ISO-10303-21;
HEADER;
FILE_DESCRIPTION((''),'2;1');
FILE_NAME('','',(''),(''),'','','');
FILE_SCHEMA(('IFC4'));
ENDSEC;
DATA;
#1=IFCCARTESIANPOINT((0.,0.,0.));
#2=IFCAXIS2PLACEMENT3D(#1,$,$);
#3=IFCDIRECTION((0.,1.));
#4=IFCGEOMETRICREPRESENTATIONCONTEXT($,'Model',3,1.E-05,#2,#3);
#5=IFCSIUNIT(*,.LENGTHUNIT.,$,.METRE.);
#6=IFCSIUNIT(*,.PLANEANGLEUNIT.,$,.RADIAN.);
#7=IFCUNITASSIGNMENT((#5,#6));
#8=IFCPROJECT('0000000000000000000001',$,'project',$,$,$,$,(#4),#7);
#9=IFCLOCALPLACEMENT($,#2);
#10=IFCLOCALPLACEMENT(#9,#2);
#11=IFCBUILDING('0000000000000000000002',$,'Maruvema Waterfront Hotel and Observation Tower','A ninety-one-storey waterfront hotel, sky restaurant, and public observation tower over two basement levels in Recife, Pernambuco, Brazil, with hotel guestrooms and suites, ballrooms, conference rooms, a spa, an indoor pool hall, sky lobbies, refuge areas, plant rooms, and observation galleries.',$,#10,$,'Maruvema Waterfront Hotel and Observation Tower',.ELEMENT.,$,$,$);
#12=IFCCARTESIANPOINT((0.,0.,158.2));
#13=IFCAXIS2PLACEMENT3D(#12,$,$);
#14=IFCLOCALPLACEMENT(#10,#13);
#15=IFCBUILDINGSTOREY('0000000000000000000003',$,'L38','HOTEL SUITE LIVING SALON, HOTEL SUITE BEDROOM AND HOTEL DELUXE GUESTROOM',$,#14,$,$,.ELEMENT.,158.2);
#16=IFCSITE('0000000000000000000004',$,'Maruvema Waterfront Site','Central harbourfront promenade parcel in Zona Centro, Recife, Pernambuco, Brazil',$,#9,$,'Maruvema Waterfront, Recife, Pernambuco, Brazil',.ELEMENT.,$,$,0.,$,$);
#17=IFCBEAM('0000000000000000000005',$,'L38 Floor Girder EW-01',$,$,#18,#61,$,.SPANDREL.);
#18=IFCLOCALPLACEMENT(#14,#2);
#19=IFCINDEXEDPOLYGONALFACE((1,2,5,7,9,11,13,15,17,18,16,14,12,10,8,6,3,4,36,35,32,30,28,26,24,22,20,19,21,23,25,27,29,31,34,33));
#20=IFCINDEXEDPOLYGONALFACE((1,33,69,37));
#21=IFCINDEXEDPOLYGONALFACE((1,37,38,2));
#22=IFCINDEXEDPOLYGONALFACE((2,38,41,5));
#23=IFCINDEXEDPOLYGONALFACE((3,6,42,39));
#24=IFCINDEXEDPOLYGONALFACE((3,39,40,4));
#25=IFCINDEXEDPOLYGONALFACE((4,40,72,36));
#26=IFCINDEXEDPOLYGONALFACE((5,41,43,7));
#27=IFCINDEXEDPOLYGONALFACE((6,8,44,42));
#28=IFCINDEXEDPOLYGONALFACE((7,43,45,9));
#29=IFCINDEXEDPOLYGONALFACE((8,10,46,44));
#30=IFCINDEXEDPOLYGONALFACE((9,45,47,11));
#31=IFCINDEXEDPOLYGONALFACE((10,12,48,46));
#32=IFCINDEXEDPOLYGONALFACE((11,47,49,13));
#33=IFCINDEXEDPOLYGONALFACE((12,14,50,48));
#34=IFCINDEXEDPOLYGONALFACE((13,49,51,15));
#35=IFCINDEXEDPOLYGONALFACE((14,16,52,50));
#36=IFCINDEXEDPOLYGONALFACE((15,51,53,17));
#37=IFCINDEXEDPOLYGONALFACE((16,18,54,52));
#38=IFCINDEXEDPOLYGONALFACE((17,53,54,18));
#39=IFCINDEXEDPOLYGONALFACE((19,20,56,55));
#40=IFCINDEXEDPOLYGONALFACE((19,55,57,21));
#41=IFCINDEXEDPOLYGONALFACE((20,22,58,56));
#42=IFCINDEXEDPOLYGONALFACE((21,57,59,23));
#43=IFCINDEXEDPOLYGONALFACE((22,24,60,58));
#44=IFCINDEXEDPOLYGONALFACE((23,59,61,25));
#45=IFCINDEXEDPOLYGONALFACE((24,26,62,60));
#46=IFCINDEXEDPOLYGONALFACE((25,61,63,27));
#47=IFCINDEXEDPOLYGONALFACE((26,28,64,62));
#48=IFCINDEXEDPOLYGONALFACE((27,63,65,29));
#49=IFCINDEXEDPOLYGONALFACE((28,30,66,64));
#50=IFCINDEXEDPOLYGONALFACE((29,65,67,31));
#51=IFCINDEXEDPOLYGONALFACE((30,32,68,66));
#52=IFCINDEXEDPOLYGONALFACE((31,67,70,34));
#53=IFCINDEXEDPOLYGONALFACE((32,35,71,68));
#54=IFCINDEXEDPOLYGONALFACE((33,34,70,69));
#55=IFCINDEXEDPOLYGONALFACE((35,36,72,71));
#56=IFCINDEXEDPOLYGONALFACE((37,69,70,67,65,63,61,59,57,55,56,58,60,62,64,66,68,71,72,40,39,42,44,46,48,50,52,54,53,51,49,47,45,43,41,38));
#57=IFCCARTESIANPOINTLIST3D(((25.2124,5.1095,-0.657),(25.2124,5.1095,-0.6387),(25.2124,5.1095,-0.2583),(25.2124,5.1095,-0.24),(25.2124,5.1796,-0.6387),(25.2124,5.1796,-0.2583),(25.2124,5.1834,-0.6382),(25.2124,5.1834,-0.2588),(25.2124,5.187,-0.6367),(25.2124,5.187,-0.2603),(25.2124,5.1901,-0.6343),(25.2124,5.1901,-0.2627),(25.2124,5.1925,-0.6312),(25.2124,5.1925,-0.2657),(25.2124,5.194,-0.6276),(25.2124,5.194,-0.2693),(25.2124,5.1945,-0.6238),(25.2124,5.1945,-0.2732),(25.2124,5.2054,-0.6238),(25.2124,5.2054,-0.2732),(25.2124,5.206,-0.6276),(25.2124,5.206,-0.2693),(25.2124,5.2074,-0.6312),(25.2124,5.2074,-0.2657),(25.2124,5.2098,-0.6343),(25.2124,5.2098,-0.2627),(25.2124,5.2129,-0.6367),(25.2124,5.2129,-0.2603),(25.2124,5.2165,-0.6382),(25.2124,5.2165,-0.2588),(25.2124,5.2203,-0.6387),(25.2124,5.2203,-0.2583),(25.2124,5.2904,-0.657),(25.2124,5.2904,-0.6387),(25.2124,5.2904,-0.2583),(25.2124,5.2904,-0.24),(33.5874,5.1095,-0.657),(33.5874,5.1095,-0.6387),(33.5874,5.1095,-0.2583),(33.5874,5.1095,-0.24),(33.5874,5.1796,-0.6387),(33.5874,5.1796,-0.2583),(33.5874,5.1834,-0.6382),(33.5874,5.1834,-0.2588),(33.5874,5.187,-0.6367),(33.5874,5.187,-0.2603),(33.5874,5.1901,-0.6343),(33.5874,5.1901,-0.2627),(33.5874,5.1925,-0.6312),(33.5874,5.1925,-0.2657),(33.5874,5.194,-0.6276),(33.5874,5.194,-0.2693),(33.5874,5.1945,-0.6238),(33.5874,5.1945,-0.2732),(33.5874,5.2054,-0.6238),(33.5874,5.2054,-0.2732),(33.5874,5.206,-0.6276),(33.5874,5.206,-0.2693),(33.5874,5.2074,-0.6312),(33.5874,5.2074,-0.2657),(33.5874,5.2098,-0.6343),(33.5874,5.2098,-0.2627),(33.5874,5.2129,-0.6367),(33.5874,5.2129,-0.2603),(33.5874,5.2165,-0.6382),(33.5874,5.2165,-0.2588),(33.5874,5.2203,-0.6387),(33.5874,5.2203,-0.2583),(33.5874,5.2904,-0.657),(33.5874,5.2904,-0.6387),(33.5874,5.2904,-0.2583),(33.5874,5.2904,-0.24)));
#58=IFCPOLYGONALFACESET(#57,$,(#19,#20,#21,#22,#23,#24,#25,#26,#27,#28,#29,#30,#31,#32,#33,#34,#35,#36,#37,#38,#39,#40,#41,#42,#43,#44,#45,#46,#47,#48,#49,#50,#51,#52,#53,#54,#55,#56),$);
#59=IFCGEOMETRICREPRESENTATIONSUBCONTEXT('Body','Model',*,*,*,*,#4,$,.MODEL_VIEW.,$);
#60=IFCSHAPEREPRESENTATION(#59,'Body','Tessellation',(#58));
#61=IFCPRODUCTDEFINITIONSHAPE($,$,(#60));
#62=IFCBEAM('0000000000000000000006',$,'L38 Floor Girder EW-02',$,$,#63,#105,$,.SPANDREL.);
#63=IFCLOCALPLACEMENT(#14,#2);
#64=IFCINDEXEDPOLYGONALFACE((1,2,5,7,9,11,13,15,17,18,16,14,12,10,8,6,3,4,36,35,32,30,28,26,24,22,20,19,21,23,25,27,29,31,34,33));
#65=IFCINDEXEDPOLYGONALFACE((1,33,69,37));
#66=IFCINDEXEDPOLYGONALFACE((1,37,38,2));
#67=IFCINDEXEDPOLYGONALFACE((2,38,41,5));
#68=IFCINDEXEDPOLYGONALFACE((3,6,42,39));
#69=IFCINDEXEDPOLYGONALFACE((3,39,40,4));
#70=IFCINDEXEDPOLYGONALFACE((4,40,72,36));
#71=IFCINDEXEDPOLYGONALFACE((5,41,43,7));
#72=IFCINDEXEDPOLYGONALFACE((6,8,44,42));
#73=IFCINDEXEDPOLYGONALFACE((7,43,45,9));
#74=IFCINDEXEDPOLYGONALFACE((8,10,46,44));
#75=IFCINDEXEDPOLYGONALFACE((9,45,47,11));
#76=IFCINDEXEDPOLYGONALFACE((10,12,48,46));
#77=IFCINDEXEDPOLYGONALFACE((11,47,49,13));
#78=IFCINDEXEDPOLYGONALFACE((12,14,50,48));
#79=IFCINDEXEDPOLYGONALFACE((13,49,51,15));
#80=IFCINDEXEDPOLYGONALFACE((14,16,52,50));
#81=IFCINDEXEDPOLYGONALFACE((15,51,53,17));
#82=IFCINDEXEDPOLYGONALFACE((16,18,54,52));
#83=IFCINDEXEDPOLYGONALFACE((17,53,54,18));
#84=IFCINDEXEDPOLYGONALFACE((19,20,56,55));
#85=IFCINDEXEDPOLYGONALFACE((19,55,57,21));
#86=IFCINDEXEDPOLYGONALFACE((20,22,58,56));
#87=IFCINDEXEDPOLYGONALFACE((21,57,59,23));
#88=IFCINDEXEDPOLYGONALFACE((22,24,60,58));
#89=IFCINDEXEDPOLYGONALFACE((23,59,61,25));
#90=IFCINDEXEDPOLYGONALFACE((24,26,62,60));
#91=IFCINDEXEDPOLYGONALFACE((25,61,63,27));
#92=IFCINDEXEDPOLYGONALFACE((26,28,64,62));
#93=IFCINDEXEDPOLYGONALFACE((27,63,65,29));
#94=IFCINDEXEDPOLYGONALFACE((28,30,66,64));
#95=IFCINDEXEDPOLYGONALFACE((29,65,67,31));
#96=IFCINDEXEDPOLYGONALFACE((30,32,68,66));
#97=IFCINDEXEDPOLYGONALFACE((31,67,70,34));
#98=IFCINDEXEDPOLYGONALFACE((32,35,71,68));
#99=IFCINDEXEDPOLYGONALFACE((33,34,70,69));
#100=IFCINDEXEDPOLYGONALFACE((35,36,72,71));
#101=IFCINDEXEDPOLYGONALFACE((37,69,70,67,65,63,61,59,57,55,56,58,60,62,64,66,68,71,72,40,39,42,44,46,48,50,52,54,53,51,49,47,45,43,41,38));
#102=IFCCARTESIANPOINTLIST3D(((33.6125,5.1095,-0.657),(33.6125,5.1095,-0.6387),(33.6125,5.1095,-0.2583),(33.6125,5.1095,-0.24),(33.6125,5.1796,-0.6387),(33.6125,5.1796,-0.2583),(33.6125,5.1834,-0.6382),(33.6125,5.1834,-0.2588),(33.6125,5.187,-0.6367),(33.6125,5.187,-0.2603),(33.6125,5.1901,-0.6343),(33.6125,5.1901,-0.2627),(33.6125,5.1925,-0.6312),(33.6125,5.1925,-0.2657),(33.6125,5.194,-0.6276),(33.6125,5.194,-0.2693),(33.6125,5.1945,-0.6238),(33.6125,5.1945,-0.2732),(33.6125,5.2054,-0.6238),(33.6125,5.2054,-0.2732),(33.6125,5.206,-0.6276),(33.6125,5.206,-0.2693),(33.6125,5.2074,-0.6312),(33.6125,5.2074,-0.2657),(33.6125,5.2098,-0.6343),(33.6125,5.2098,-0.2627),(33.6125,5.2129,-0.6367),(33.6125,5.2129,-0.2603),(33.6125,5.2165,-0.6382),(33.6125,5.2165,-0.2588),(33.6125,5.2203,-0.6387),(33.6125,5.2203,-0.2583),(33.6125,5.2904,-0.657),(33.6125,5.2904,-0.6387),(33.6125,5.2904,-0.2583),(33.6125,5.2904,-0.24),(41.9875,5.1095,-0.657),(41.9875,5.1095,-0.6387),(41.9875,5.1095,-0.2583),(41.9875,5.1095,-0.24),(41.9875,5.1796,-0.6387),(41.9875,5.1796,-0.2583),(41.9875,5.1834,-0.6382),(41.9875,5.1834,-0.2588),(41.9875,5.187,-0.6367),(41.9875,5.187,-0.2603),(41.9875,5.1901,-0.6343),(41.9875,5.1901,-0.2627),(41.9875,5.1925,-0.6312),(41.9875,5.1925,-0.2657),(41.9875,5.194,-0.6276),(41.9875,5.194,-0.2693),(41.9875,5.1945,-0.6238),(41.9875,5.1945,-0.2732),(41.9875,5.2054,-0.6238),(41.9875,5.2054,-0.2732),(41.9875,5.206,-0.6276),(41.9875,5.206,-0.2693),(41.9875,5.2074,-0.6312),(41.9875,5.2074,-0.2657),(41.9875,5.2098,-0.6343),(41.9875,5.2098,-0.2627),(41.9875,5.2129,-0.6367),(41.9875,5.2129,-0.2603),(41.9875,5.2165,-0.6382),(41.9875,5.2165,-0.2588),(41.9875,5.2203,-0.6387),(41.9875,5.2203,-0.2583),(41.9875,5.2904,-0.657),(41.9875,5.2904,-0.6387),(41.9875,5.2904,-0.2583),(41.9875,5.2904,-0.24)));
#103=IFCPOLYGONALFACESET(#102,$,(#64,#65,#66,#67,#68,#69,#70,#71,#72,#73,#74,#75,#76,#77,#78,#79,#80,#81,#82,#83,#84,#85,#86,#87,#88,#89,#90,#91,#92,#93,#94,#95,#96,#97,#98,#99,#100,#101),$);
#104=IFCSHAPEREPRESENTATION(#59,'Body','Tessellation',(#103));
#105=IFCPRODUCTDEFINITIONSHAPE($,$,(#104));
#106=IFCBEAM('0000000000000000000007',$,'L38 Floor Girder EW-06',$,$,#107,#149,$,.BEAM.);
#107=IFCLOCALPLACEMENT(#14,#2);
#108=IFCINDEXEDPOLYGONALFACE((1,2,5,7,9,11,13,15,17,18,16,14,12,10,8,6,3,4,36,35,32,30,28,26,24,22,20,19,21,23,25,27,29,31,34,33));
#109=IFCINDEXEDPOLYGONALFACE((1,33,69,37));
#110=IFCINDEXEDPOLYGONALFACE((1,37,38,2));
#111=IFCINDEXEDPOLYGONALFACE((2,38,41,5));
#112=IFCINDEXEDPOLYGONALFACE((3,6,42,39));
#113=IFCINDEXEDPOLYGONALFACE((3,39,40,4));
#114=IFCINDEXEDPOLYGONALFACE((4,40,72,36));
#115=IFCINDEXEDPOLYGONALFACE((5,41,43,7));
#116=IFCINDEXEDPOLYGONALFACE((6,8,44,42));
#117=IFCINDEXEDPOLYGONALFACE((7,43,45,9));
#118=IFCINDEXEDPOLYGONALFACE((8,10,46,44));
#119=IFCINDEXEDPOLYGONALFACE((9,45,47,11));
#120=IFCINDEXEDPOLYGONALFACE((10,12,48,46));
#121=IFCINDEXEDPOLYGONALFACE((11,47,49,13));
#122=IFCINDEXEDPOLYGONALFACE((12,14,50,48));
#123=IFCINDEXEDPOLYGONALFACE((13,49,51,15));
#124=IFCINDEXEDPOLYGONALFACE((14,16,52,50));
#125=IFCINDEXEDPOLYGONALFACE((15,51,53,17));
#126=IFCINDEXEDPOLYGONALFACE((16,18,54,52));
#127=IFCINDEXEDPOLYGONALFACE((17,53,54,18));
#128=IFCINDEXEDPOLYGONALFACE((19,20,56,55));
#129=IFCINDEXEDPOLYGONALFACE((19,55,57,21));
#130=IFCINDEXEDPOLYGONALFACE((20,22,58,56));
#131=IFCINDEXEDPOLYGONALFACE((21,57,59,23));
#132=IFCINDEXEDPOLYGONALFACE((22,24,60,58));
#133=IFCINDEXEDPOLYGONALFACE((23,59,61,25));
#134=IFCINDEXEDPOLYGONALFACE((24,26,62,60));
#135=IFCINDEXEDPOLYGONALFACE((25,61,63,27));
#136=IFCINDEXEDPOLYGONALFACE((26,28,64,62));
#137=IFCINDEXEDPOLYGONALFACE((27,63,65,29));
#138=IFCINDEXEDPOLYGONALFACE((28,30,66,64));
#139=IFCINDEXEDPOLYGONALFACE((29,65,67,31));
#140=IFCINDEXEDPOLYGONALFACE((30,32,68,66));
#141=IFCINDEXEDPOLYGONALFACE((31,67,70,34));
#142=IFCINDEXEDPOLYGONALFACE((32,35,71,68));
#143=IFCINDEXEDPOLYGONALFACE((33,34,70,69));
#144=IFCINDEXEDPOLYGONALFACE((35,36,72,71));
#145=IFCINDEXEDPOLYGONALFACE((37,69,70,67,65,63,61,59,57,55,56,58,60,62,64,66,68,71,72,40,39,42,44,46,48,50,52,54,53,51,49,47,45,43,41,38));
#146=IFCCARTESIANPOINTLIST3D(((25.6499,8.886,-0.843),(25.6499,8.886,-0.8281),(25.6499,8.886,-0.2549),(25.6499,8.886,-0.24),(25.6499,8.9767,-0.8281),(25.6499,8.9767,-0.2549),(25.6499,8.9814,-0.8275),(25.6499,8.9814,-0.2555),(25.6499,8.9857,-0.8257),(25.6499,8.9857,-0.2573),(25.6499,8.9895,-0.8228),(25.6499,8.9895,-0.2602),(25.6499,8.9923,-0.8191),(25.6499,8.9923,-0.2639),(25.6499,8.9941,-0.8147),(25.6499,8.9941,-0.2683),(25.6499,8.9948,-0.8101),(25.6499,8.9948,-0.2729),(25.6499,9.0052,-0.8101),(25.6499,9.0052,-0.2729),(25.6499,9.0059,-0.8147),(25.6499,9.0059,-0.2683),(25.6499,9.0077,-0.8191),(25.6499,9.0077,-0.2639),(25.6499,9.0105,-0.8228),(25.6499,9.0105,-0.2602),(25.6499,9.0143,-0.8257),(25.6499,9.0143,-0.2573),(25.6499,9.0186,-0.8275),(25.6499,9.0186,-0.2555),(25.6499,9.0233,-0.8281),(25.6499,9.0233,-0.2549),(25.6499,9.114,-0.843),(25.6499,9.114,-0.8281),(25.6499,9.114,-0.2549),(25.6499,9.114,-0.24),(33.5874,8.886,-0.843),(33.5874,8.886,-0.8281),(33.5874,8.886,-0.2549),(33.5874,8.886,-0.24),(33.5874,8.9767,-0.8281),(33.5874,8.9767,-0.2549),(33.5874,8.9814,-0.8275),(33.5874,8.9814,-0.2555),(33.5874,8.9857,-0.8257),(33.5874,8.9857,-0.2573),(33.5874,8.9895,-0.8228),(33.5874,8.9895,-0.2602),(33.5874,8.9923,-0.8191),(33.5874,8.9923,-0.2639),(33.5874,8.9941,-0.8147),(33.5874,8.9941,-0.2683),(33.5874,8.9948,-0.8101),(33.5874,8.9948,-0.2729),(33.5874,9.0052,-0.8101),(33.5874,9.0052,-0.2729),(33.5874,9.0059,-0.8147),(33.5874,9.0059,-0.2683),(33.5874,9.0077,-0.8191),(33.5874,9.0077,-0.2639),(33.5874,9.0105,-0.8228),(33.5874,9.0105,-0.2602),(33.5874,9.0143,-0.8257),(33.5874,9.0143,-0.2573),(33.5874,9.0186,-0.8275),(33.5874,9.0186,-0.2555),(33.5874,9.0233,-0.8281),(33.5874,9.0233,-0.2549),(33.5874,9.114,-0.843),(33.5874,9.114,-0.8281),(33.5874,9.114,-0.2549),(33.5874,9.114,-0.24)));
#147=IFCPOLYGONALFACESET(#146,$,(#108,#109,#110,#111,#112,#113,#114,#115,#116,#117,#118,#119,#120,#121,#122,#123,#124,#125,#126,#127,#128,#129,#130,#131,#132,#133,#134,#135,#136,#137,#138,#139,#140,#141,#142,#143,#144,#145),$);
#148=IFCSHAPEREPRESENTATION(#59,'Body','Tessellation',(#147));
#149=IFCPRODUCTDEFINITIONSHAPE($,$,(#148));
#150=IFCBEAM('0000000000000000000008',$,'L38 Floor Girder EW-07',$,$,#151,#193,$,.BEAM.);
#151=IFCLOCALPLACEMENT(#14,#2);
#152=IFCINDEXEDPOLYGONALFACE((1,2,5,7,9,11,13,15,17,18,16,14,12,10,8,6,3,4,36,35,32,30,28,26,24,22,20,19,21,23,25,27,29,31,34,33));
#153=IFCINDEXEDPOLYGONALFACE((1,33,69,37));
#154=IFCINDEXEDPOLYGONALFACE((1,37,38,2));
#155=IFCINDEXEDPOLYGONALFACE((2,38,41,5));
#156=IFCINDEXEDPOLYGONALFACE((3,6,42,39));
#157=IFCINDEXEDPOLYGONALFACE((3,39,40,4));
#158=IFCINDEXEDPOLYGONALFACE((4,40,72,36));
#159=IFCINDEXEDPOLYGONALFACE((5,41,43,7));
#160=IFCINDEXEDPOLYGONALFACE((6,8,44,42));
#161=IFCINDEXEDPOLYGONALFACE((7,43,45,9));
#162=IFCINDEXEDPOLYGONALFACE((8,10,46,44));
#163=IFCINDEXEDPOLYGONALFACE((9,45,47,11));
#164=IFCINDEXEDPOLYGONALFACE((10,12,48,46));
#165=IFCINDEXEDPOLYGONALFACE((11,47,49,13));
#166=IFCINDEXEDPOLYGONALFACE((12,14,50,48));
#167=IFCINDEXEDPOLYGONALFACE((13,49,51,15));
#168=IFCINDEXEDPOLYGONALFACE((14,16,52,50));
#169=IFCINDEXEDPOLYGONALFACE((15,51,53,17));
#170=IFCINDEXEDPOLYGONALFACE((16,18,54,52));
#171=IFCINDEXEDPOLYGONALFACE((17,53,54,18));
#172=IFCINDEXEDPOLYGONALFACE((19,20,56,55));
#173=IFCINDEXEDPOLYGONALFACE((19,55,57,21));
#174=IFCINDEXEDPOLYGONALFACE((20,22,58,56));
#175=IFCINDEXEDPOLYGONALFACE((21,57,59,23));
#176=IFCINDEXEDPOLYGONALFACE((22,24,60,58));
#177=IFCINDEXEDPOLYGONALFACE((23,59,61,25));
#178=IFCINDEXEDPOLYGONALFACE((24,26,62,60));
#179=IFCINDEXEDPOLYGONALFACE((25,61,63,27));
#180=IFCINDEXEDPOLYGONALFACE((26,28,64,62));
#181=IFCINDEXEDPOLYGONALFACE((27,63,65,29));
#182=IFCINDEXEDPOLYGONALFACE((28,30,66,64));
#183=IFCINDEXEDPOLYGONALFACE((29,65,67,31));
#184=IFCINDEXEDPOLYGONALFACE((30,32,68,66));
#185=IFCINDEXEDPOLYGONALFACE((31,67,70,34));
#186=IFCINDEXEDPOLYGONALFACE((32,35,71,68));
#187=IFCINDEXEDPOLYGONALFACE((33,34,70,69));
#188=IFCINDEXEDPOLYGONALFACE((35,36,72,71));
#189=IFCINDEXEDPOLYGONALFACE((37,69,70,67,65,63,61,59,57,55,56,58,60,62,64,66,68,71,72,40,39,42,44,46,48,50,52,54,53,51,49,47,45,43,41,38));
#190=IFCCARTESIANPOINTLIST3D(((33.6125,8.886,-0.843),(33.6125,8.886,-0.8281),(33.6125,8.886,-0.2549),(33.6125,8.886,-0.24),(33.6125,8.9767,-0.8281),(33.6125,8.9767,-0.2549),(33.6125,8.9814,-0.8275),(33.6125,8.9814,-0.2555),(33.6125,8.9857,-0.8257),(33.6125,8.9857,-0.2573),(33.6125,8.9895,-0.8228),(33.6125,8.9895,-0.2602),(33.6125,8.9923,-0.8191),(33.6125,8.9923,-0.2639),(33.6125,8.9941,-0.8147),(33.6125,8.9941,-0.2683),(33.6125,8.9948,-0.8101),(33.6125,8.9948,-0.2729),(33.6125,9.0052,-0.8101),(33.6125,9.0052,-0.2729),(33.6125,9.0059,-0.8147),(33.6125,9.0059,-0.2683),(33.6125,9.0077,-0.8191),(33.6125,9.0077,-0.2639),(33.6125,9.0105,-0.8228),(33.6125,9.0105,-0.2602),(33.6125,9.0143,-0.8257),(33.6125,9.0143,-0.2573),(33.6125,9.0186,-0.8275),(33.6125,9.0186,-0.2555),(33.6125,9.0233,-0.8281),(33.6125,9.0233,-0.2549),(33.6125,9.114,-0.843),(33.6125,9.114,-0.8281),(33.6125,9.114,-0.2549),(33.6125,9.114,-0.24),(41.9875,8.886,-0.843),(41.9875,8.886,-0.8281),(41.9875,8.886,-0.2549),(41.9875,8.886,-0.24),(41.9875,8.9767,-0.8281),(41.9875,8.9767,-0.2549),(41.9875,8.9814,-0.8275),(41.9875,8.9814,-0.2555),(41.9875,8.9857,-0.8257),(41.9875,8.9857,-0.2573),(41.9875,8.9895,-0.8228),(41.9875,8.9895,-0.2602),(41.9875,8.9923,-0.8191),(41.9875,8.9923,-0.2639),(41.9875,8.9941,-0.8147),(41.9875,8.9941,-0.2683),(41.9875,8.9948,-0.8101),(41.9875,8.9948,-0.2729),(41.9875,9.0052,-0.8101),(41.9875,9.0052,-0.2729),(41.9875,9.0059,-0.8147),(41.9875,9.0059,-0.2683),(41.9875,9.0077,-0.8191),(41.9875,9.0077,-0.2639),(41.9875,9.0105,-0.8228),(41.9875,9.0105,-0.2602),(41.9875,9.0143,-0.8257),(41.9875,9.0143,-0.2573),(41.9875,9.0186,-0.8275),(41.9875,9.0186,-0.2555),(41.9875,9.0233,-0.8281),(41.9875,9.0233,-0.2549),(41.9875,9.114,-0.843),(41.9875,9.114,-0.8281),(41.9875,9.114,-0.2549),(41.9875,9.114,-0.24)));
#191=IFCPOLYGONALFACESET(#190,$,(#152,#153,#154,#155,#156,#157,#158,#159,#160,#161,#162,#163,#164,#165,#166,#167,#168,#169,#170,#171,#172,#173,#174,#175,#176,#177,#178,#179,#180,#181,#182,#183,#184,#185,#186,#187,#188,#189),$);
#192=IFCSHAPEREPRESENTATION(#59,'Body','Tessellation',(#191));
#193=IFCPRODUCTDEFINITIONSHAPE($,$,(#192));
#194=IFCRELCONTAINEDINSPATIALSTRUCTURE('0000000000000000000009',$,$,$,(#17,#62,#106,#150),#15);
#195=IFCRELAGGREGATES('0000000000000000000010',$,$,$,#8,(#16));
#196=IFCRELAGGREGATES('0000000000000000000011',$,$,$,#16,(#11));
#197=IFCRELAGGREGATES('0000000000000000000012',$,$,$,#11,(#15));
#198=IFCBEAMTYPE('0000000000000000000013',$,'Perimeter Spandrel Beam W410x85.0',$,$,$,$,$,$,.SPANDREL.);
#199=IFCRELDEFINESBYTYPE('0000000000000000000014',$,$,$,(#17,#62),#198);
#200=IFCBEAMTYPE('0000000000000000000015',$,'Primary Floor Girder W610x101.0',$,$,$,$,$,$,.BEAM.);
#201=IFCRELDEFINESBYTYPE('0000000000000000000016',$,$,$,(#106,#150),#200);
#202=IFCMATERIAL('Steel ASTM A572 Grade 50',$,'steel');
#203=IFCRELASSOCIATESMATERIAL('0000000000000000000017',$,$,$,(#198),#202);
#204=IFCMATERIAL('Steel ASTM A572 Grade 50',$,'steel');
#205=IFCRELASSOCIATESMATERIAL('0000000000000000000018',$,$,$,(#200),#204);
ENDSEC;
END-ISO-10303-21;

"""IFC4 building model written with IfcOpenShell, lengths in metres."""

from ifc_helpers import new_model, si_unit, direction, frame, origin, origin_2d, place, context, subcontext, project, spatial, i_section, extrude, material, material_profile, profile_set, type_object, element, save


model = new_model("IFC4")

# Units and contexts
model_context = context("Model", 3, precision=1e-05, world=origin(), true_north=direction((0.0, 1.0)))
body_context = subcontext(model_context, "Body", "Model", "MODEL_VIEW")
ifc_project = project(units=[si_unit("LENGTHUNIT", "METRE"), si_unit("PLANEANGLEUNIT", "RADIAN")], contexts=[model_context])

# Site, building, storey
site_placement = place(None, origin())
site = spatial("IfcSite", under=ifc_project, at=site_placement, Name="Maruvema Waterfront Site", Description="Central harbourfront promenade parcel in Zona Centro, Recife, Pernambuco, Brazil", LongName="Maruvema Waterfront, Recife, Pernambuco, Brazil", CompositionType="ELEMENT", RefElevation=0.0)
building_placement = place(site_placement, origin())
building = spatial("IfcBuilding", under=site, at=building_placement, Name="Maruvema Waterfront Hotel and Observation Tower", Description="A ninety-one-storey waterfront hotel, sky restaurant, and public observation tower over two basement levels in Recife, Pernambuco, Brazil, with hotel guestrooms and suites, ballrooms, conference rooms, a spa, an indoor pool hall, sky lobbies, refuge areas, plant rooms, and observation galleries.", LongName="Maruvema Waterfront Hotel and Observation Tower", CompositionType="ELEMENT")
storey_placement = place(building_placement, frame((0.0, 0.0, 158.2)))
storey = spatial("IfcBuildingStorey", under=building, at=storey_placement, Name="L38", Description="HOTEL SUITE LIVING SALON, HOTEL SUITE BEDROOM AND HOTEL DELUXE GUESTROOM", CompositionType="ELEMENT", Elevation=158.2)

# Beams
ifc_material_1 = material(Name="Steel ASTM A572 Grade 50", Category="steel")
ifc_material_profile_1 = material_profile(ifc_material_1, i_section(OverallWidth=0.1809, OverallDepth=0.417, WebThickness=0.011, FlangeThickness=0.0183, FilletRadius=0.0149, at=origin_2d()), Name="W410x85.0")
ifc_profile_set_1 = profile_set([ifc_material_profile_1], Name="Steel ASTM A572 Grade 50")
beam_type_1 = type_object("IfcBeamType", Name="Perimeter Spandrel Beam W410x85.0", PredefinedType="SPANDREL", material=ifc_profile_set_1)
for number, where, z_axis, x_axis, name in (
    (1, (25.2124, 5.2, -0.4485), (1.0, 0.0, 0.0), (0.0, 1.0, 0.0), "L38 Floor Girder EW-01"),
    (2, (33.6125, 5.2, -0.4485), (1.0, 0.0, 0.0), (0.0, 1.0, 0.0), "L38 Floor Girder EW-02"),
):
    element("IfcBeam", number, at=place(storey_placement, frame(where, z_axis=z_axis, x_axis=x_axis)), inside=storey, type_object=beam_type_1, Name=name, PredefinedType="SPANDREL", context=body_context, shape_type="SweptSolid", body=[
        extrude(i_section(OverallWidth=0.1809, OverallDepth=0.417, WebThickness=0.011, FlangeThickness=0.0183, FilletRadius=0.0149, at=origin_2d()), origin(), (0.0, 0.0, 1.0), 8.375),
    ])
ifc_material_2 = material(Name="Steel ASTM A572 Grade 50", Category="steel")
ifc_material_profile_2 = material_profile(ifc_material_2, i_section(OverallWidth=0.228, OverallDepth=0.603, WebThickness=0.0105, FlangeThickness=0.0149, FilletRadius=0.0181, at=origin_2d()), Name="W610x101.0")
ifc_profile_set_2 = profile_set([ifc_material_profile_2], Name="Steel ASTM A572 Grade 50")
beam_type_2 = type_object("IfcBeamType", Name="Primary Floor Girder W610x101.0", PredefinedType="BEAM", material=ifc_profile_set_2)
beam_1_placement = place(storey_placement, frame((25.6499, 9.0, -0.5415), z_axis=(1.0, 0.0, 0.0), x_axis=(0.0, 1.0, 0.0)))
element("IfcBeam", 3, at=beam_1_placement, inside=storey, type_object=beam_type_2, Name="L38 Floor Girder EW-06", PredefinedType="BEAM", context=body_context, shape_type="SweptSolid", body=[
    extrude(i_section(OverallWidth=0.228, OverallDepth=0.603, WebThickness=0.0105, FlangeThickness=0.0149, FilletRadius=0.0181, at=origin_2d()), origin(), (0.0, 0.0, 1.0), 7.9375),
])
beam_2_placement = place(storey_placement, frame((33.6125, 9.0, -0.5415), z_axis=(1.0, 0.0, 0.0), x_axis=(0.0, 1.0, 0.0)))
element("IfcBeam", 4, at=beam_2_placement, inside=storey, type_object=beam_type_2, Name="L38 Floor Girder EW-07", PredefinedType="BEAM", context=body_context, shape_type="SweptSolid", body=[
    extrude(i_section(OverallWidth=0.228, OverallDepth=0.603, WebThickness=0.0105, FlangeThickness=0.0149, FilletRadius=0.0181, at=origin_2d()), origin(), (0.0, 0.0, 1.0), 8.375),
])

save(model, "model.ifc")
